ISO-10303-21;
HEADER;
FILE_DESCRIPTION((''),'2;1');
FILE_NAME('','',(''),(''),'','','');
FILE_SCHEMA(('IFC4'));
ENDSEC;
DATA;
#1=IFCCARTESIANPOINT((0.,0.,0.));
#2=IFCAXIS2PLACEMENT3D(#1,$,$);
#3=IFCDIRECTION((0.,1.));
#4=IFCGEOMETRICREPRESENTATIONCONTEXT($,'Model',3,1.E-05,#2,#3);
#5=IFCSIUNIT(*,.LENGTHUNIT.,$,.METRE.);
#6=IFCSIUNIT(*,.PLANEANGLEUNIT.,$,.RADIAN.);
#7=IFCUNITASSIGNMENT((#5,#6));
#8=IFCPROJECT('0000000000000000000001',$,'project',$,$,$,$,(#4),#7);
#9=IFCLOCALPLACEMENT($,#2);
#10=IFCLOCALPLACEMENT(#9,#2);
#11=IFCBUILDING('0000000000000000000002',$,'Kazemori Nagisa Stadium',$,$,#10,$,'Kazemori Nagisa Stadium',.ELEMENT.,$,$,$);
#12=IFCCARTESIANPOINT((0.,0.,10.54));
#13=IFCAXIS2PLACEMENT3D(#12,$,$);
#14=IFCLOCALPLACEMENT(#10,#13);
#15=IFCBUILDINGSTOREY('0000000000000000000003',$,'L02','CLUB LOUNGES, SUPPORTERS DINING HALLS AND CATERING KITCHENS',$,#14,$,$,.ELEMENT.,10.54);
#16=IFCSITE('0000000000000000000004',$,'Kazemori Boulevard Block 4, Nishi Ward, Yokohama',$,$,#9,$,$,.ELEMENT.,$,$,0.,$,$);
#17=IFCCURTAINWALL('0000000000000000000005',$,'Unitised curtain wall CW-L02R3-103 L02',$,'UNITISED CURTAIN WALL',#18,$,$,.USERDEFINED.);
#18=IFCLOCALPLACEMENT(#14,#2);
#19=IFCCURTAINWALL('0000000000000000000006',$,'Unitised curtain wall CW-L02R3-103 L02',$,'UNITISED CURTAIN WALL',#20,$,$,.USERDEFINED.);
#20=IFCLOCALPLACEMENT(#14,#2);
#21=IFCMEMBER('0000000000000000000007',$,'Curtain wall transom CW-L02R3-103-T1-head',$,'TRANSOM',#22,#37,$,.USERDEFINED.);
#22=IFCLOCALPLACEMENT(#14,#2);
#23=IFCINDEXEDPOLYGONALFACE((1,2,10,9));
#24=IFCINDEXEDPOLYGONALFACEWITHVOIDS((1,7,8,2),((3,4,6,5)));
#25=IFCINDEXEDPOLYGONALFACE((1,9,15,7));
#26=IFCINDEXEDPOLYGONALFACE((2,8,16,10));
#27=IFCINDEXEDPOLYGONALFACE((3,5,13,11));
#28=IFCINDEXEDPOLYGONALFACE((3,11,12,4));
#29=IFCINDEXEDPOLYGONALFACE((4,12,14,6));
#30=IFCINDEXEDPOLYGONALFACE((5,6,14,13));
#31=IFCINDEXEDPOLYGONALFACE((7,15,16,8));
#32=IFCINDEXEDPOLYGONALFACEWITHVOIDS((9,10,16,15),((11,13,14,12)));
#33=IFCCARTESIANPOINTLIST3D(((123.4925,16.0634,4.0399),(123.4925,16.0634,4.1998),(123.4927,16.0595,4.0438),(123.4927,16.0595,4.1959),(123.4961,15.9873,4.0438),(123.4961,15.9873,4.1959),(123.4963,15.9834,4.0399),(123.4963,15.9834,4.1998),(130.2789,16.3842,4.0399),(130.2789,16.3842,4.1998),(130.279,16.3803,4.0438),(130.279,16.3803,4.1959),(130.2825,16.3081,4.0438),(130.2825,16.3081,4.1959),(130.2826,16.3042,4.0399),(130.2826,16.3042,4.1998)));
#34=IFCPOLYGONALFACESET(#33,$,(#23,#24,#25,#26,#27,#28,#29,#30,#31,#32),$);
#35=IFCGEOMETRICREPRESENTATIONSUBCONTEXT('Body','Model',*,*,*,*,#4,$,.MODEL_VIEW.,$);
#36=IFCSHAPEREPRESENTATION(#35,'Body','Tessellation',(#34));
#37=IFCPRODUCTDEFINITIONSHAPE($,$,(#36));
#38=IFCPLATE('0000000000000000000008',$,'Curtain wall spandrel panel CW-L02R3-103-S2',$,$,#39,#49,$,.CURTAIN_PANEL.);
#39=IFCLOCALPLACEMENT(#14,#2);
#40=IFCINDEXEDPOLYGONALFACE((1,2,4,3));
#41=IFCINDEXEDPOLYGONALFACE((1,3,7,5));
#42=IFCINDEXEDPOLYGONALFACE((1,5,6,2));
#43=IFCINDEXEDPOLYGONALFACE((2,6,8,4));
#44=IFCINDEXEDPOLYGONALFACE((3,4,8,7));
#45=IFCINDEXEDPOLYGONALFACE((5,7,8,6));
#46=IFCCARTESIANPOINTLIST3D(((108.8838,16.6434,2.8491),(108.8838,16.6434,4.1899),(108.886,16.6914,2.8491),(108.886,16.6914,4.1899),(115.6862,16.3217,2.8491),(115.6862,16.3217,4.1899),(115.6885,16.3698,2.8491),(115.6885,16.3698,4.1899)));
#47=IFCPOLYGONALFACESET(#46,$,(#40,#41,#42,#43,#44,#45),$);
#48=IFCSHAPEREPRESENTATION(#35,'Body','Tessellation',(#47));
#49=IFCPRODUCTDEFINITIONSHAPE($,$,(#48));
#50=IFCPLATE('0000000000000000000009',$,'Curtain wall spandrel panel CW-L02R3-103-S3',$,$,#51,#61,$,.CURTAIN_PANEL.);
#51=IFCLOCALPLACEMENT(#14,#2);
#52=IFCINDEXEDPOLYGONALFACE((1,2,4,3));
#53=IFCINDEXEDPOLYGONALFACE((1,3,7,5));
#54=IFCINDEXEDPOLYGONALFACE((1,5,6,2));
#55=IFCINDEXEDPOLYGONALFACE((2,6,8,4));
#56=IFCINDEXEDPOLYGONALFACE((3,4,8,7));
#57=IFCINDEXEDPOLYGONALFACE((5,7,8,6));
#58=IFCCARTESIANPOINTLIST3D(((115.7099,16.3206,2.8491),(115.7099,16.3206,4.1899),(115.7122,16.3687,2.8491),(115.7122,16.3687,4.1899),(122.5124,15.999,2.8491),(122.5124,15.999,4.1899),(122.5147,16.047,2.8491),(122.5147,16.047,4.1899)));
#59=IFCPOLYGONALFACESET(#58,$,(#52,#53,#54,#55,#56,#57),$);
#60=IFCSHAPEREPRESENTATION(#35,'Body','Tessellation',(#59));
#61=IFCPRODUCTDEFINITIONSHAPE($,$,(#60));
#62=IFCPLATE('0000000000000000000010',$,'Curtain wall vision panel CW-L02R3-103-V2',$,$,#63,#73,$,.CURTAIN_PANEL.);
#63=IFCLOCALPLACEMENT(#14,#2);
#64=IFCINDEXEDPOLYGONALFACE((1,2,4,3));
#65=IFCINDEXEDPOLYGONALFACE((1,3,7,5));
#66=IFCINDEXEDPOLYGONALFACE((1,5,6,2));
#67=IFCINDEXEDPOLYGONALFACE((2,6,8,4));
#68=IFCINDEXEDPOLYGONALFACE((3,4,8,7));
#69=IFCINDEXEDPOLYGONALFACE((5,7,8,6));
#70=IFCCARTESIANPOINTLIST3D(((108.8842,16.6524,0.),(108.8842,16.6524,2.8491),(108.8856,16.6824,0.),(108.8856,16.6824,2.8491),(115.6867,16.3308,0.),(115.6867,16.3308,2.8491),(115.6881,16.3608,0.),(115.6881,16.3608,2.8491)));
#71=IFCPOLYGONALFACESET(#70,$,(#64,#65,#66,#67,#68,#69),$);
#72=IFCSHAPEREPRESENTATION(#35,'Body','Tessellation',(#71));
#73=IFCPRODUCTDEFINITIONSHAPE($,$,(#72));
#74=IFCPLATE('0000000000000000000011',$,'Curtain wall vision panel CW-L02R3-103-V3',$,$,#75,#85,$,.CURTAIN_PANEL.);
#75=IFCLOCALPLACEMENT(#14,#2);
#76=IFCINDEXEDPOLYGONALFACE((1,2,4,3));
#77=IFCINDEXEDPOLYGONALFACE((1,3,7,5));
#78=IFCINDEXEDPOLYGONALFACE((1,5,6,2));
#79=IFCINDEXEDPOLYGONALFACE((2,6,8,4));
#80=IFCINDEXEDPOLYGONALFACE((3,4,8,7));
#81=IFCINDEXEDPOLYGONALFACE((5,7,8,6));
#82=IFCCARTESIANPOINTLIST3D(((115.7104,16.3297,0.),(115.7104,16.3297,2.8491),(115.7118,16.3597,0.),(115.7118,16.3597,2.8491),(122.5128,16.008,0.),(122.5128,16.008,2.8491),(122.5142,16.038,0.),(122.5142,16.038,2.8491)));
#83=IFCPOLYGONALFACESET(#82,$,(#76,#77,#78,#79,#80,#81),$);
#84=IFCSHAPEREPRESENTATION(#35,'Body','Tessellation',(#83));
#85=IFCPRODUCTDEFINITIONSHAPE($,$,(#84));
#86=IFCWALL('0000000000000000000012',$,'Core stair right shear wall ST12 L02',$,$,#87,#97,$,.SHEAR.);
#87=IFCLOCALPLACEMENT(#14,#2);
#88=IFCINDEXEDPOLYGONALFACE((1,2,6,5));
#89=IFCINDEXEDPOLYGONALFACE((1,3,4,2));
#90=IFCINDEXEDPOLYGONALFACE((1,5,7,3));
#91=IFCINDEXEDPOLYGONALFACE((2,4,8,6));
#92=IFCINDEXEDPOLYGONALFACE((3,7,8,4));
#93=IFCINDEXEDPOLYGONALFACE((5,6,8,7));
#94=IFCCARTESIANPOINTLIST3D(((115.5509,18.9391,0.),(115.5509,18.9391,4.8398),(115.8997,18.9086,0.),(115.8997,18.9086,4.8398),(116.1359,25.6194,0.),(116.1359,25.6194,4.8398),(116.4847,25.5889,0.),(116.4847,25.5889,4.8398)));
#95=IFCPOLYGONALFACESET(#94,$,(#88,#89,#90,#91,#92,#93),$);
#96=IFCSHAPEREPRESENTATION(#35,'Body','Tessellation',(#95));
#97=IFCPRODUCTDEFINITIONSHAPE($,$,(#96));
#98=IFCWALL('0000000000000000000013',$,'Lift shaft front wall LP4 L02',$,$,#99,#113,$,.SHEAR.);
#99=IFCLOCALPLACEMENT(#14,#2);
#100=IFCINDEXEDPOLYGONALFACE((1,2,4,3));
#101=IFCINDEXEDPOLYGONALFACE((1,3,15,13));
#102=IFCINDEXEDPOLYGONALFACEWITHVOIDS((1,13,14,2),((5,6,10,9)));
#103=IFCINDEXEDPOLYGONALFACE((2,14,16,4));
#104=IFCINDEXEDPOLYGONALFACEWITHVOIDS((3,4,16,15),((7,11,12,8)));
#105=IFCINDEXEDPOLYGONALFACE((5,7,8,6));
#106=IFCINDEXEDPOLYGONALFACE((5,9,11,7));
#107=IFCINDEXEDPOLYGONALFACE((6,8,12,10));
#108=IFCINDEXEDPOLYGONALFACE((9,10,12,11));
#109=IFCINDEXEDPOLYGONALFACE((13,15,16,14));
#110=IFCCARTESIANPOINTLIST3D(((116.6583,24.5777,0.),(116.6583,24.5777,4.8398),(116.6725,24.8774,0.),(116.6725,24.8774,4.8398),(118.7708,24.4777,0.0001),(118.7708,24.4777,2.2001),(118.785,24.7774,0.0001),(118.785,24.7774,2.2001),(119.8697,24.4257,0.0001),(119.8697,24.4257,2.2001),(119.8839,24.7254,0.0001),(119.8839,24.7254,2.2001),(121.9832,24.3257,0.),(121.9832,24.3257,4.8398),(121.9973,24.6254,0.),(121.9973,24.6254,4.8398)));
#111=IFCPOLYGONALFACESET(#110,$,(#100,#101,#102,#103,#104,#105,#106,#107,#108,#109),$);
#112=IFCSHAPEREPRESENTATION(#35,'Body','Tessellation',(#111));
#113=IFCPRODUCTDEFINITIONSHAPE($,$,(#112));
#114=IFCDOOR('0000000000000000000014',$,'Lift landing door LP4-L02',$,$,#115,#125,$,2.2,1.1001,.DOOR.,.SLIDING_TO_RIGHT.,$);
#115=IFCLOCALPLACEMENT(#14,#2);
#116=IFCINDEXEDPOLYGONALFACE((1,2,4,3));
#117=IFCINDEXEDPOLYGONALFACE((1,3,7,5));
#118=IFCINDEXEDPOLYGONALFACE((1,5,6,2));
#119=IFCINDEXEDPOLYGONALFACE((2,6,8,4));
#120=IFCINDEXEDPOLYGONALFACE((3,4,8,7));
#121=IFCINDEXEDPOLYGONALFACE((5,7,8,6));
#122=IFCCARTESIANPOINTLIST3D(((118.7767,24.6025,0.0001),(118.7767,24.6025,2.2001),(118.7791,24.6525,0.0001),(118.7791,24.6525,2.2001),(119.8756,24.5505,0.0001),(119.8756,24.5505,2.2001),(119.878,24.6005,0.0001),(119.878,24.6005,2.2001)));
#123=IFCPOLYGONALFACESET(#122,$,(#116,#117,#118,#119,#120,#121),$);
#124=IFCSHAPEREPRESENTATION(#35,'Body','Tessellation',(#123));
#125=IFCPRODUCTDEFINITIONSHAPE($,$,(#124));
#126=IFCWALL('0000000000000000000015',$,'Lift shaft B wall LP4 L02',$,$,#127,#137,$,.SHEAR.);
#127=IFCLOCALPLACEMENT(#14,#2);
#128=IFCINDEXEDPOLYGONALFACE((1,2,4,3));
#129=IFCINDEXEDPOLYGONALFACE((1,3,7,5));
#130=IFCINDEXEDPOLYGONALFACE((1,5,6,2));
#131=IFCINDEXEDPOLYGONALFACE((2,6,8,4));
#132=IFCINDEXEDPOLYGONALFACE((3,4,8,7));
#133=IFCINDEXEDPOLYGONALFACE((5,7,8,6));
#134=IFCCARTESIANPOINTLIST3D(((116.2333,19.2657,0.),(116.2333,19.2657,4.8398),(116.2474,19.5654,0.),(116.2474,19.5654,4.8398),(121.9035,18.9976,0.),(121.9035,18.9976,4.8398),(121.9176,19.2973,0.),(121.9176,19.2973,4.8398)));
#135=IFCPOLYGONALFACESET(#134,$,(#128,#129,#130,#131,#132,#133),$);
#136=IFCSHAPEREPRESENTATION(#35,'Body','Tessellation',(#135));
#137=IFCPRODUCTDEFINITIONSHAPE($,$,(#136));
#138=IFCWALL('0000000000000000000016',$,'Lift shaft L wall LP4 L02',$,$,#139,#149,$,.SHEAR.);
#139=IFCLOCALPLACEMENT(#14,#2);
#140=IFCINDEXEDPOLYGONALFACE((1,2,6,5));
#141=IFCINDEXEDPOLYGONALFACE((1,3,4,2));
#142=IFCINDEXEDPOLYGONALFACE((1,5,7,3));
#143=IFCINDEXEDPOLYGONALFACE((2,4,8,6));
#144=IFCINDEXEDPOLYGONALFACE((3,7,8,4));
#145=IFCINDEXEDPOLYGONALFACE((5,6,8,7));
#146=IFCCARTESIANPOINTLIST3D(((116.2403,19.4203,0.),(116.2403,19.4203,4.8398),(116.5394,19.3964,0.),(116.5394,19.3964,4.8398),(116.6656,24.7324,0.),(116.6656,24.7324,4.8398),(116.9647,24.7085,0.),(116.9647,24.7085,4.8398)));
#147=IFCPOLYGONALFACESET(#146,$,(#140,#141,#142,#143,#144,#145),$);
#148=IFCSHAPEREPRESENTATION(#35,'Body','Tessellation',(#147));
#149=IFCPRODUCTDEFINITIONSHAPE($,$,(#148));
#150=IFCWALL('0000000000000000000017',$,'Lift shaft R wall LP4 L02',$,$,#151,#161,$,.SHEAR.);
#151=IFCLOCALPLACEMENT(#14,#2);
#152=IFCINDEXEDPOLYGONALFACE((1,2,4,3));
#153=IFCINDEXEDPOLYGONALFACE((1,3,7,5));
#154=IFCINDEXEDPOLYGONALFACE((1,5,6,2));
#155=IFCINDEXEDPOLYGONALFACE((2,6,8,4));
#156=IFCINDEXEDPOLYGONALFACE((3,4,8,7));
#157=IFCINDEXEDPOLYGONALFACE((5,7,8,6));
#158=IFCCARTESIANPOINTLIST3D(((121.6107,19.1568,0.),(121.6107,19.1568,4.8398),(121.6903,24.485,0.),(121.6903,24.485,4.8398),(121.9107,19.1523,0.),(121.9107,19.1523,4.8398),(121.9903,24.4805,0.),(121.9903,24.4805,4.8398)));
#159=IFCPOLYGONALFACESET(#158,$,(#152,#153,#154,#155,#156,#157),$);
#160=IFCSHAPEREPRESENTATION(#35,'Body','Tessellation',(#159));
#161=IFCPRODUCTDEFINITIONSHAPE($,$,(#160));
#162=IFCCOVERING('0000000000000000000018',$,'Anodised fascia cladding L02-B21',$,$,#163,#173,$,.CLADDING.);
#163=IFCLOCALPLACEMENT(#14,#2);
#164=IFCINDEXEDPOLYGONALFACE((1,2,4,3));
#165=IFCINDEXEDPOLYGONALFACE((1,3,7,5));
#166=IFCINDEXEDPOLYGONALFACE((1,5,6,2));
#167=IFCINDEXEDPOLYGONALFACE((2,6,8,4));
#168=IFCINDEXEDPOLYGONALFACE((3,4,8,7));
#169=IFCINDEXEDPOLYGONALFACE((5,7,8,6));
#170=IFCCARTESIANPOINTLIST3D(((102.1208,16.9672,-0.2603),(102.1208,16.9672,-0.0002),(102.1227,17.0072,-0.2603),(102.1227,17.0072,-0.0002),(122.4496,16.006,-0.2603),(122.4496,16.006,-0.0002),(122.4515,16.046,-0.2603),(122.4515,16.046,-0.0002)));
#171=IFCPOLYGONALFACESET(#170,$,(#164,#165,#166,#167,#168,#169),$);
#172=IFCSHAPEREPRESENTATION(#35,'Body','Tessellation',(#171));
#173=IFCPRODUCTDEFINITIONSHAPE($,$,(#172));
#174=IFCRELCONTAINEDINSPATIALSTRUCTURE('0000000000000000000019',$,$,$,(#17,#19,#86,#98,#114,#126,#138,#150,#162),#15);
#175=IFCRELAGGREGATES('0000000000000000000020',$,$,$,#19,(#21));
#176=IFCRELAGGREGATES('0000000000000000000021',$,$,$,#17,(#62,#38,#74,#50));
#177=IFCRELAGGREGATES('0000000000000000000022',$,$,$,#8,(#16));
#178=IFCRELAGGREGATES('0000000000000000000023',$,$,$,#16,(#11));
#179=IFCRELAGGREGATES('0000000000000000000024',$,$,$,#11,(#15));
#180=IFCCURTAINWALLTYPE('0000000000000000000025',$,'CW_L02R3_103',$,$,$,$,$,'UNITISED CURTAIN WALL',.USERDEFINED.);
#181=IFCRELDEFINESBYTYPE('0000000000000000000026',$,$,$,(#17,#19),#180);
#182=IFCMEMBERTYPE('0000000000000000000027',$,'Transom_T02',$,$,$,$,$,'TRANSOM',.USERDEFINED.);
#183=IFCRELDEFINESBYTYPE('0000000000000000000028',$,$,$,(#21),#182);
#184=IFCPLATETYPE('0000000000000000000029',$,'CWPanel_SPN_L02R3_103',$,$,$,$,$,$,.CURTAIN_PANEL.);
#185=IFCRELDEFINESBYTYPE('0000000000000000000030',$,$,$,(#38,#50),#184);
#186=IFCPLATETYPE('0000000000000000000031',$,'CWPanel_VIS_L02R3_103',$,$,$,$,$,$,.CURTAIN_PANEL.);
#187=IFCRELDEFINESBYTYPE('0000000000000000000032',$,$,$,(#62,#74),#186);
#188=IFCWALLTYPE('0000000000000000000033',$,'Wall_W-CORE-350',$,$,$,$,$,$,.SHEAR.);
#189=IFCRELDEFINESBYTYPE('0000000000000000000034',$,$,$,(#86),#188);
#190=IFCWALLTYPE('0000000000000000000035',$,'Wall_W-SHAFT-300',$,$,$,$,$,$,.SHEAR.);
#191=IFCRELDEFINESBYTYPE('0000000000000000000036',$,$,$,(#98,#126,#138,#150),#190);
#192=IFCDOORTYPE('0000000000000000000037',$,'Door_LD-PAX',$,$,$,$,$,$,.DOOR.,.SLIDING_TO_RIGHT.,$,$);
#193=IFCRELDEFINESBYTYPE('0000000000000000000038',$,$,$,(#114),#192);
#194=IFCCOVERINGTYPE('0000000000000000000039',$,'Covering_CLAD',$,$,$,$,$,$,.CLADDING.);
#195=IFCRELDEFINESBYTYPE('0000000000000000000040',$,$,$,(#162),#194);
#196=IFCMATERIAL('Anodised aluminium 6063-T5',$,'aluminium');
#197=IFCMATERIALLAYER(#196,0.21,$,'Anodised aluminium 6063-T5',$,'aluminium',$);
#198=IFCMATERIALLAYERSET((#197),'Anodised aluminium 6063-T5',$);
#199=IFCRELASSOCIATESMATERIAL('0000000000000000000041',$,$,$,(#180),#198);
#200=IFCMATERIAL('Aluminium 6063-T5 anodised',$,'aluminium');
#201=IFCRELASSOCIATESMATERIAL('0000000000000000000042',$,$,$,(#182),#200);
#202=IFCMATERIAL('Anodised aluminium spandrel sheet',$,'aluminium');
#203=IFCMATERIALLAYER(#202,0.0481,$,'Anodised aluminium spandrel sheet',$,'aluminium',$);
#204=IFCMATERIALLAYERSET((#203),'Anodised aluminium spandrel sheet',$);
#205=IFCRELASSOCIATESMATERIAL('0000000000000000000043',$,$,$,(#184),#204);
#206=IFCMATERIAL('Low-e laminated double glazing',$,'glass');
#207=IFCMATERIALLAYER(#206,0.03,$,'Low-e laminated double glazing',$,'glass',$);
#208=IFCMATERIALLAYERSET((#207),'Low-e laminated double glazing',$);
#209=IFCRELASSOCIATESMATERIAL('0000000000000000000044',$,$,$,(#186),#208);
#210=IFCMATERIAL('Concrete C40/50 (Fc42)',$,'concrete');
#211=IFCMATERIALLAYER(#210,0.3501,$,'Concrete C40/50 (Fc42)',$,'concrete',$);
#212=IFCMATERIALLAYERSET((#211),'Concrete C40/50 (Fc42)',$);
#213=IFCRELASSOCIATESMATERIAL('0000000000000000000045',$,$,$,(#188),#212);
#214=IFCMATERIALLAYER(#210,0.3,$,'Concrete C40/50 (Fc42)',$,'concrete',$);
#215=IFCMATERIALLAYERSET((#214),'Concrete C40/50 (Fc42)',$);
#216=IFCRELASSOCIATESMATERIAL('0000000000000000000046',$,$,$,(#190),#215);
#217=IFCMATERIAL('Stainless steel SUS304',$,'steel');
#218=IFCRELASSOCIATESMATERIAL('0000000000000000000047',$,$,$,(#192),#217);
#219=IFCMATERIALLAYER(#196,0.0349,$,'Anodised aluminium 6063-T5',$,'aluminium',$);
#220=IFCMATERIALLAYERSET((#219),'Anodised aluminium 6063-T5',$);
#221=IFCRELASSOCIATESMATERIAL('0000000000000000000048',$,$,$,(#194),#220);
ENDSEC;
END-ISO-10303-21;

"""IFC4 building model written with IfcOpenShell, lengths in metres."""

from ifc_helpers import new_model, si_unit, direction, frame, frame_2d, origin, origin_2d, place, context, subcontext, project, spatial, rectangle, hollow_rectangle, extrude, material, layer, layer_set, material_profile, profile_set, type_object, element, fill, aggregate, save


model = new_model("IFC4")

# Units and contexts
model_context = context("Model", 3, precision=1e-05, world=origin(), true_north=direction((0.0, 1.0)))
body_context = subcontext(model_context, "Body", "Model", "MODEL_VIEW")
ifc_project = project(units=[si_unit("LENGTHUNIT", "METRE"), si_unit("PLANEANGLEUNIT", "RADIAN")], contexts=[model_context])

# Site, building, storey
site_placement = place(None, origin())
site = spatial("IfcSite", under=ifc_project, at=site_placement, Name="Kazemori Boulevard Block 4, Nishi Ward, Yokohama", CompositionType="ELEMENT", RefElevation=0.0)
building_placement = place(site_placement, origin())
building = spatial("IfcBuilding", under=site, at=building_placement, Name="Kazemori Nagisa Stadium", LongName="Kazemori Nagisa Stadium", CompositionType="ELEMENT")
storey_placement = place(building_placement, frame((0.0, 0.0, 10.54)))
storey = spatial("IfcBuildingStorey", under=building, at=storey_placement, Name="L02", Description="CLUB LOUNGES, SUPPORTERS DINING HALLS AND CATERING KITCHENS", CompositionType="ELEMENT", Elevation=10.54)

# Shared definitions
ifc_material_1 = material(Name="Concrete C40/50 (Fc42)", Category="concrete")

# Curtain wall
ifc_material_2 = material(Name="Anodised aluminium 6063-T5", Category="aluminium")
ifc_layer_1 = layer(ifc_material_2, 0.21, Name="Anodised aluminium 6063-T5", Category="aluminium")
ifc_layer_set_1 = layer_set([ifc_layer_1], Name="Anodised aluminium 6063-T5")
curtain_wall_type = type_object("IfcCurtainWallType", Name="CW_L02R3_103", ElementType="UNITISED CURTAIN WALL", PredefinedType="USERDEFINED", material=ifc_layer_set_1)
curtain_wall_1_placement = place(storey_placement, origin())
curtain_wall_1 = element("IfcCurtainWall", 1, at=curtain_wall_1_placement, inside=storey, type_object=curtain_wall_type, Name="Unitised curtain wall CW-L02R3-103 L02", ObjectType="UNITISED CURTAIN WALL", PredefinedType="USERDEFINED")
ifc_material_3 = material(Name="Aluminium 6063-T5 anodised", Category="aluminium")

# Curtain wall
curtain_wall_2_placement = place(storey_placement, origin())
curtain_wall_2 = element("IfcCurtainWall", 2, at=curtain_wall_2_placement, inside=storey, type_object=curtain_wall_type, Name="Unitised curtain wall CW-L02R3-103 L02", ObjectType="UNITISED CURTAIN WALL", PredefinedType="USERDEFINED")

# Member
ifc_material_profile_1 = material_profile(ifc_material_3, hollow_rectangle(XDim=0.0801, YDim=0.1599, WallThickness=0.0039, at=origin_2d()), Name="ALU-TRAN-80x160x4")
ifc_profile_set_1 = profile_set([ifc_material_profile_1], Name="Aluminium 6063-T5 anodised")
member_type_1 = type_object("IfcMemberType", Name="Transom_T02", ElementType="TRANSOM", PredefinedType="USERDEFINED", material=ifc_profile_set_1)
member_1_placement = place(storey_placement, frame((123.4944, 16.0234, 4.1199), z_axis=(0.998885, 0.047219, 0.0), x_axis=(-0.047219, 0.998885, 0.0)))
member_1 = element("IfcMember", 3, at=member_1_placement, type_object=member_type_1, Name="Curtain wall transom CW-L02R3-103-T1-head", ObjectType="TRANSOM", PredefinedType="USERDEFINED", context=body_context, shape_type="SweptSolid", body=[
    extrude(hollow_rectangle(XDim=0.0801, YDim=0.1599, WallThickness=0.0039, at=origin_2d()), origin(), (0.0, 0.0, 1.0), 6.7939),
])
aggregate(curtain_wall_2, [member_1])

# Plates
ifc_material_4 = material(Name="Anodised aluminium spandrel sheet", Category="aluminium")
ifc_layer_2 = layer(ifc_material_4, 0.0481, Name="Anodised aluminium spandrel sheet", Category="aluminium")
ifc_layer_set_2 = layer_set([ifc_layer_2], Name="Anodised aluminium spandrel sheet")
plate_type_1 = type_object("IfcPlateType", Name="CWPanel_SPN_L02R3_103", PredefinedType="CURTAIN_PANEL", material=ifc_layer_set_2)
plate_1_placement = place(storey_placement, frame((112.2861, 16.5066, 2.8491), z_axis=(0.0, 0.0, 1.0), x_axis=(0.998884, -0.04723, 0.0)))
plate_1 = element("IfcPlate", 4, at=plate_1_placement, type_object=plate_type_1, Name="Curtain wall spandrel panel CW-L02R3-103-S2", PredefinedType="CURTAIN_PANEL", context=body_context, shape_type="SweptSolid", body=[
    extrude(rectangle(XDim=6.8101, YDim=0.0481, at=origin_2d()), origin(), (0.0, 0.0, 1.0), 1.3408),
])
plate_2_placement = place(storey_placement, frame((119.1123, 16.1838, 2.8491), z_axis=(0.0, 0.0, 1.0), x_axis=(0.998884, -0.04723, 0.0)))
plate_2 = element("IfcPlate", 5, at=plate_2_placement, type_object=plate_type_1, Name="Curtain wall spandrel panel CW-L02R3-103-S3", PredefinedType="CURTAIN_PANEL", context=body_context, shape_type="SweptSolid", body=[
    extrude(rectangle(XDim=6.8101, YDim=0.0481, at=origin_2d()), origin(), (0.0, 0.0, 1.0), 1.3408),
])
ifc_material_5 = material(Name="Low-e laminated double glazing", Category="glass")
ifc_layer_3 = layer(ifc_material_5, 0.03, Name="Low-e laminated double glazing", Category="glass")
ifc_layer_set_3 = layer_set([ifc_layer_3], Name="Low-e laminated double glazing")
plate_type_2 = type_object("IfcPlateType", Name="CWPanel_VIS_L02R3_103", PredefinedType="CURTAIN_PANEL", material=ifc_layer_set_3)
plate_3_placement = place(storey_placement, frame((112.2861, 16.5066, 0.0), z_axis=(0.0, 0.0, 1.0), x_axis=(0.998884, -0.04723, 0.0)))
plate_3 = element("IfcPlate", 6, at=plate_3_placement, type_object=plate_type_2, Name="Curtain wall vision panel CW-L02R3-103-V2", PredefinedType="CURTAIN_PANEL", context=body_context, shape_type="SweptSolid", body=[
    extrude(rectangle(XDim=6.8101, YDim=0.03, at=origin_2d()), origin(), (0.0, 0.0, 1.0), 2.8491),
])
plate_4_placement = place(storey_placement, frame((119.1123, 16.1838, 0.0), z_axis=(0.0, 0.0, 1.0), x_axis=(0.998884, -0.04723, 0.0)))
plate_4 = element("IfcPlate", 7, at=plate_4_placement, type_object=plate_type_2, Name="Curtain wall vision panel CW-L02R3-103-V3", PredefinedType="CURTAIN_PANEL", context=body_context, shape_type="SweptSolid", body=[
    extrude(rectangle(XDim=6.8101, YDim=0.03, at=origin_2d()), origin(), (0.0, 0.0, 1.0), 2.8491),
])
aggregate(curtain_wall_1, [plate_3, plate_1, plate_4, plate_2])

# Wall
ifc_layer_4 = layer(ifc_material_1, 0.3501, Name="Concrete C40/50 (Fc42)", Category="concrete")
ifc_layer_set_4 = layer_set([ifc_layer_4], Name="Concrete C40/50 (Fc42)")
wall_type_1 = type_object("IfcWallType", Name="Wall_W-CORE-350", PredefinedType="SHEAR", material=ifc_layer_set_4)
wall_1_placement = place(storey_placement, frame((116.3103, 25.6042, 0.0), z_axis=(0.0, 0.0, 1.0), x_axis=(-0.087233, -0.996188, 0.0)))
element("IfcWall", 8, at=wall_1_placement, inside=storey, type_object=wall_type_1, Name="Core stair right shear wall ST12 L02", PredefinedType="SHEAR", context=body_context, shape_type="SweptSolid", body=[
    extrude(rectangle(XDim=6.7058, YDim=0.3501, at=frame_2d((3.353, 0.0))), origin(), (0.0, 0.0, 1.0), 4.8398),
])

# Wall, opening, door
ifc_layer_5 = layer(ifc_material_1, 0.3, Name="Concrete C40/50 (Fc42)", Category="concrete")
ifc_layer_set_5 = layer_set([ifc_layer_5], Name="Concrete C40/50 (Fc42)")
wall_type_2 = type_object("IfcWallType", Name="Wall_W-SHAFT-300", PredefinedType="SHEAR", material=ifc_layer_set_5)
wall_2_placement = place(storey_placement, frame((116.6653, 24.7275, 0.0), z_axis=(0.0, 0.0, 1.0), x_axis=(0.998882, -0.047263, 0.0)))
wall_2 = element("IfcWall", 9, at=wall_2_placement, inside=storey, type_object=wall_type_2, Name="Lift shaft front wall LP4 L02", PredefinedType="SHEAR", context=body_context, shape_type="SweptSolid", body=[
    extrude(rectangle(XDim=5.3308, YDim=0.3, at=frame_2d((2.6655, 0.0))), origin(), (0.0, 0.0, 1.0), 4.8398),
])
opening_placement = place(wall_2_placement, frame((2.115, 0.0, 0.0)))
opening = element("IfcOpeningElement", 10, at=opening_placement, cuts=wall_2, PredefinedType="OPENING", context=body_context, shape_type="SweptSolid", body=[
    extrude(rectangle(XDim=1.1001, YDim=2.2, at=frame_2d((0.55, 1.1001))), frame((0.0, 0.1599, 0.0), z_axis=(0.0, -1.0, 0.0), x_axis=(1.0, 0.0, 0.0)), (0.0, 0.0, 1.0), 0.3201),
])
ifc_material_6 = material(Name="Stainless steel SUS304", Category="steel")
door_type = type_object("IfcDoorType", Name="Door_LD-PAX", OperationType="SLIDING_TO_RIGHT", PredefinedType="DOOR", material=ifc_material_6)
door_placement = place(opening_placement, origin())
door = element("IfcDoor", 11, at=door_placement, inside=storey, type_object=door_type, Name="Lift landing door LP4-L02", OperationType="SLIDING_TO_RIGHT", OverallHeight=2.2, OverallWidth=1.1001, PredefinedType="DOOR", context=body_context, shape_type="SweptSolid", body=[
    extrude(rectangle(XDim=1.1001, YDim=2.2, at=frame_2d((0.55, 1.1001))), frame((0.0, 0.0249, 0.0), z_axis=(0.0, -1.0, 0.0), x_axis=(1.0, 0.0, 0.0)), (0.0, 0.0, 1.0), 0.05),
])
fill(opening, door)

# Walls
wall_3_placement = place(storey_placement, frame((116.2402, 19.4155, 0.0), z_axis=(0.0, 0.0, 1.0), x_axis=(0.998884, -0.047224, 0.0)))
element("IfcWall", 12, at=wall_3_placement, inside=storey, type_object=wall_type_2, Name="Lift shaft B wall LP4 L02", PredefinedType="SHEAR", context=body_context, shape_type="SweptSolid", body=[
    extrude(rectangle(XDim=5.6765, YDim=0.3, at=frame_2d((2.8384, 0.0))), origin(), (0.0, 0.0, 1.0), 4.8398),
])
wall_4_placement = place(storey_placement, frame((116.8152, 24.7205, 0.0), z_axis=(0.0, 0.0, 1.0), x_axis=(-0.079807, -0.99681, 0.0)))
element("IfcWall", 13, at=wall_4_placement, inside=storey, type_object=wall_type_2, Name="Lift shaft L wall LP4 L02", PredefinedType="SHEAR", context=body_context, shape_type="SweptSolid", body=[
    extrude(rectangle(XDim=5.3291, YDim=0.3, at=frame_2d((2.6646, 0.0))), origin(), (0.0, 0.0, 1.0), 4.8398),
])
wall_5_placement = place(storey_placement, frame((121.8403, 24.4829, 0.0), z_axis=(0.0, 0.0, 1.0), x_axis=(-0.014935, -0.999888, 0.0)))
element("IfcWall", 14, at=wall_5_placement, inside=storey, type_object=wall_type_2, Name="Lift shaft R wall LP4 L02", PredefinedType="SHEAR", context=body_context, shape_type="SweptSolid", body=[
    extrude(rectangle(XDim=5.3289, YDim=0.3, at=frame_2d((2.6646, 0.0))), origin(), (0.0, 0.0, 1.0), 4.8398),
])

# Covering
ifc_layer_6 = layer(ifc_material_2, 0.0349, Name="Anodised aluminium 6063-T5", Category="aluminium")
ifc_layer_set_6 = layer_set([ifc_layer_6], Name="Anodised aluminium 6063-T5")
covering_type = type_object("IfcCoveringType", Name="Covering_CLAD", PredefinedType="CLADDING", material=ifc_layer_set_6)
covering_placement = place(storey_placement, frame((112.2861, 16.5066, -0.2603), z_axis=(0.0, 0.0, 1.0), x_axis=(0.998884, -0.04723, 0.0)))
element("IfcCovering", 15, at=covering_placement, inside=storey, type_object=covering_type, Name="Anodised fascia cladding L02-B21", PredefinedType="CLADDING", context=body_context, shape_type="SweptSolid", body=[
    extrude(rectangle(XDim=20.3516, YDim=0.04, at=origin_2d()), origin(), (0.0, 0.0, 1.0), 0.26),
])

save(model, "model.ifc")
